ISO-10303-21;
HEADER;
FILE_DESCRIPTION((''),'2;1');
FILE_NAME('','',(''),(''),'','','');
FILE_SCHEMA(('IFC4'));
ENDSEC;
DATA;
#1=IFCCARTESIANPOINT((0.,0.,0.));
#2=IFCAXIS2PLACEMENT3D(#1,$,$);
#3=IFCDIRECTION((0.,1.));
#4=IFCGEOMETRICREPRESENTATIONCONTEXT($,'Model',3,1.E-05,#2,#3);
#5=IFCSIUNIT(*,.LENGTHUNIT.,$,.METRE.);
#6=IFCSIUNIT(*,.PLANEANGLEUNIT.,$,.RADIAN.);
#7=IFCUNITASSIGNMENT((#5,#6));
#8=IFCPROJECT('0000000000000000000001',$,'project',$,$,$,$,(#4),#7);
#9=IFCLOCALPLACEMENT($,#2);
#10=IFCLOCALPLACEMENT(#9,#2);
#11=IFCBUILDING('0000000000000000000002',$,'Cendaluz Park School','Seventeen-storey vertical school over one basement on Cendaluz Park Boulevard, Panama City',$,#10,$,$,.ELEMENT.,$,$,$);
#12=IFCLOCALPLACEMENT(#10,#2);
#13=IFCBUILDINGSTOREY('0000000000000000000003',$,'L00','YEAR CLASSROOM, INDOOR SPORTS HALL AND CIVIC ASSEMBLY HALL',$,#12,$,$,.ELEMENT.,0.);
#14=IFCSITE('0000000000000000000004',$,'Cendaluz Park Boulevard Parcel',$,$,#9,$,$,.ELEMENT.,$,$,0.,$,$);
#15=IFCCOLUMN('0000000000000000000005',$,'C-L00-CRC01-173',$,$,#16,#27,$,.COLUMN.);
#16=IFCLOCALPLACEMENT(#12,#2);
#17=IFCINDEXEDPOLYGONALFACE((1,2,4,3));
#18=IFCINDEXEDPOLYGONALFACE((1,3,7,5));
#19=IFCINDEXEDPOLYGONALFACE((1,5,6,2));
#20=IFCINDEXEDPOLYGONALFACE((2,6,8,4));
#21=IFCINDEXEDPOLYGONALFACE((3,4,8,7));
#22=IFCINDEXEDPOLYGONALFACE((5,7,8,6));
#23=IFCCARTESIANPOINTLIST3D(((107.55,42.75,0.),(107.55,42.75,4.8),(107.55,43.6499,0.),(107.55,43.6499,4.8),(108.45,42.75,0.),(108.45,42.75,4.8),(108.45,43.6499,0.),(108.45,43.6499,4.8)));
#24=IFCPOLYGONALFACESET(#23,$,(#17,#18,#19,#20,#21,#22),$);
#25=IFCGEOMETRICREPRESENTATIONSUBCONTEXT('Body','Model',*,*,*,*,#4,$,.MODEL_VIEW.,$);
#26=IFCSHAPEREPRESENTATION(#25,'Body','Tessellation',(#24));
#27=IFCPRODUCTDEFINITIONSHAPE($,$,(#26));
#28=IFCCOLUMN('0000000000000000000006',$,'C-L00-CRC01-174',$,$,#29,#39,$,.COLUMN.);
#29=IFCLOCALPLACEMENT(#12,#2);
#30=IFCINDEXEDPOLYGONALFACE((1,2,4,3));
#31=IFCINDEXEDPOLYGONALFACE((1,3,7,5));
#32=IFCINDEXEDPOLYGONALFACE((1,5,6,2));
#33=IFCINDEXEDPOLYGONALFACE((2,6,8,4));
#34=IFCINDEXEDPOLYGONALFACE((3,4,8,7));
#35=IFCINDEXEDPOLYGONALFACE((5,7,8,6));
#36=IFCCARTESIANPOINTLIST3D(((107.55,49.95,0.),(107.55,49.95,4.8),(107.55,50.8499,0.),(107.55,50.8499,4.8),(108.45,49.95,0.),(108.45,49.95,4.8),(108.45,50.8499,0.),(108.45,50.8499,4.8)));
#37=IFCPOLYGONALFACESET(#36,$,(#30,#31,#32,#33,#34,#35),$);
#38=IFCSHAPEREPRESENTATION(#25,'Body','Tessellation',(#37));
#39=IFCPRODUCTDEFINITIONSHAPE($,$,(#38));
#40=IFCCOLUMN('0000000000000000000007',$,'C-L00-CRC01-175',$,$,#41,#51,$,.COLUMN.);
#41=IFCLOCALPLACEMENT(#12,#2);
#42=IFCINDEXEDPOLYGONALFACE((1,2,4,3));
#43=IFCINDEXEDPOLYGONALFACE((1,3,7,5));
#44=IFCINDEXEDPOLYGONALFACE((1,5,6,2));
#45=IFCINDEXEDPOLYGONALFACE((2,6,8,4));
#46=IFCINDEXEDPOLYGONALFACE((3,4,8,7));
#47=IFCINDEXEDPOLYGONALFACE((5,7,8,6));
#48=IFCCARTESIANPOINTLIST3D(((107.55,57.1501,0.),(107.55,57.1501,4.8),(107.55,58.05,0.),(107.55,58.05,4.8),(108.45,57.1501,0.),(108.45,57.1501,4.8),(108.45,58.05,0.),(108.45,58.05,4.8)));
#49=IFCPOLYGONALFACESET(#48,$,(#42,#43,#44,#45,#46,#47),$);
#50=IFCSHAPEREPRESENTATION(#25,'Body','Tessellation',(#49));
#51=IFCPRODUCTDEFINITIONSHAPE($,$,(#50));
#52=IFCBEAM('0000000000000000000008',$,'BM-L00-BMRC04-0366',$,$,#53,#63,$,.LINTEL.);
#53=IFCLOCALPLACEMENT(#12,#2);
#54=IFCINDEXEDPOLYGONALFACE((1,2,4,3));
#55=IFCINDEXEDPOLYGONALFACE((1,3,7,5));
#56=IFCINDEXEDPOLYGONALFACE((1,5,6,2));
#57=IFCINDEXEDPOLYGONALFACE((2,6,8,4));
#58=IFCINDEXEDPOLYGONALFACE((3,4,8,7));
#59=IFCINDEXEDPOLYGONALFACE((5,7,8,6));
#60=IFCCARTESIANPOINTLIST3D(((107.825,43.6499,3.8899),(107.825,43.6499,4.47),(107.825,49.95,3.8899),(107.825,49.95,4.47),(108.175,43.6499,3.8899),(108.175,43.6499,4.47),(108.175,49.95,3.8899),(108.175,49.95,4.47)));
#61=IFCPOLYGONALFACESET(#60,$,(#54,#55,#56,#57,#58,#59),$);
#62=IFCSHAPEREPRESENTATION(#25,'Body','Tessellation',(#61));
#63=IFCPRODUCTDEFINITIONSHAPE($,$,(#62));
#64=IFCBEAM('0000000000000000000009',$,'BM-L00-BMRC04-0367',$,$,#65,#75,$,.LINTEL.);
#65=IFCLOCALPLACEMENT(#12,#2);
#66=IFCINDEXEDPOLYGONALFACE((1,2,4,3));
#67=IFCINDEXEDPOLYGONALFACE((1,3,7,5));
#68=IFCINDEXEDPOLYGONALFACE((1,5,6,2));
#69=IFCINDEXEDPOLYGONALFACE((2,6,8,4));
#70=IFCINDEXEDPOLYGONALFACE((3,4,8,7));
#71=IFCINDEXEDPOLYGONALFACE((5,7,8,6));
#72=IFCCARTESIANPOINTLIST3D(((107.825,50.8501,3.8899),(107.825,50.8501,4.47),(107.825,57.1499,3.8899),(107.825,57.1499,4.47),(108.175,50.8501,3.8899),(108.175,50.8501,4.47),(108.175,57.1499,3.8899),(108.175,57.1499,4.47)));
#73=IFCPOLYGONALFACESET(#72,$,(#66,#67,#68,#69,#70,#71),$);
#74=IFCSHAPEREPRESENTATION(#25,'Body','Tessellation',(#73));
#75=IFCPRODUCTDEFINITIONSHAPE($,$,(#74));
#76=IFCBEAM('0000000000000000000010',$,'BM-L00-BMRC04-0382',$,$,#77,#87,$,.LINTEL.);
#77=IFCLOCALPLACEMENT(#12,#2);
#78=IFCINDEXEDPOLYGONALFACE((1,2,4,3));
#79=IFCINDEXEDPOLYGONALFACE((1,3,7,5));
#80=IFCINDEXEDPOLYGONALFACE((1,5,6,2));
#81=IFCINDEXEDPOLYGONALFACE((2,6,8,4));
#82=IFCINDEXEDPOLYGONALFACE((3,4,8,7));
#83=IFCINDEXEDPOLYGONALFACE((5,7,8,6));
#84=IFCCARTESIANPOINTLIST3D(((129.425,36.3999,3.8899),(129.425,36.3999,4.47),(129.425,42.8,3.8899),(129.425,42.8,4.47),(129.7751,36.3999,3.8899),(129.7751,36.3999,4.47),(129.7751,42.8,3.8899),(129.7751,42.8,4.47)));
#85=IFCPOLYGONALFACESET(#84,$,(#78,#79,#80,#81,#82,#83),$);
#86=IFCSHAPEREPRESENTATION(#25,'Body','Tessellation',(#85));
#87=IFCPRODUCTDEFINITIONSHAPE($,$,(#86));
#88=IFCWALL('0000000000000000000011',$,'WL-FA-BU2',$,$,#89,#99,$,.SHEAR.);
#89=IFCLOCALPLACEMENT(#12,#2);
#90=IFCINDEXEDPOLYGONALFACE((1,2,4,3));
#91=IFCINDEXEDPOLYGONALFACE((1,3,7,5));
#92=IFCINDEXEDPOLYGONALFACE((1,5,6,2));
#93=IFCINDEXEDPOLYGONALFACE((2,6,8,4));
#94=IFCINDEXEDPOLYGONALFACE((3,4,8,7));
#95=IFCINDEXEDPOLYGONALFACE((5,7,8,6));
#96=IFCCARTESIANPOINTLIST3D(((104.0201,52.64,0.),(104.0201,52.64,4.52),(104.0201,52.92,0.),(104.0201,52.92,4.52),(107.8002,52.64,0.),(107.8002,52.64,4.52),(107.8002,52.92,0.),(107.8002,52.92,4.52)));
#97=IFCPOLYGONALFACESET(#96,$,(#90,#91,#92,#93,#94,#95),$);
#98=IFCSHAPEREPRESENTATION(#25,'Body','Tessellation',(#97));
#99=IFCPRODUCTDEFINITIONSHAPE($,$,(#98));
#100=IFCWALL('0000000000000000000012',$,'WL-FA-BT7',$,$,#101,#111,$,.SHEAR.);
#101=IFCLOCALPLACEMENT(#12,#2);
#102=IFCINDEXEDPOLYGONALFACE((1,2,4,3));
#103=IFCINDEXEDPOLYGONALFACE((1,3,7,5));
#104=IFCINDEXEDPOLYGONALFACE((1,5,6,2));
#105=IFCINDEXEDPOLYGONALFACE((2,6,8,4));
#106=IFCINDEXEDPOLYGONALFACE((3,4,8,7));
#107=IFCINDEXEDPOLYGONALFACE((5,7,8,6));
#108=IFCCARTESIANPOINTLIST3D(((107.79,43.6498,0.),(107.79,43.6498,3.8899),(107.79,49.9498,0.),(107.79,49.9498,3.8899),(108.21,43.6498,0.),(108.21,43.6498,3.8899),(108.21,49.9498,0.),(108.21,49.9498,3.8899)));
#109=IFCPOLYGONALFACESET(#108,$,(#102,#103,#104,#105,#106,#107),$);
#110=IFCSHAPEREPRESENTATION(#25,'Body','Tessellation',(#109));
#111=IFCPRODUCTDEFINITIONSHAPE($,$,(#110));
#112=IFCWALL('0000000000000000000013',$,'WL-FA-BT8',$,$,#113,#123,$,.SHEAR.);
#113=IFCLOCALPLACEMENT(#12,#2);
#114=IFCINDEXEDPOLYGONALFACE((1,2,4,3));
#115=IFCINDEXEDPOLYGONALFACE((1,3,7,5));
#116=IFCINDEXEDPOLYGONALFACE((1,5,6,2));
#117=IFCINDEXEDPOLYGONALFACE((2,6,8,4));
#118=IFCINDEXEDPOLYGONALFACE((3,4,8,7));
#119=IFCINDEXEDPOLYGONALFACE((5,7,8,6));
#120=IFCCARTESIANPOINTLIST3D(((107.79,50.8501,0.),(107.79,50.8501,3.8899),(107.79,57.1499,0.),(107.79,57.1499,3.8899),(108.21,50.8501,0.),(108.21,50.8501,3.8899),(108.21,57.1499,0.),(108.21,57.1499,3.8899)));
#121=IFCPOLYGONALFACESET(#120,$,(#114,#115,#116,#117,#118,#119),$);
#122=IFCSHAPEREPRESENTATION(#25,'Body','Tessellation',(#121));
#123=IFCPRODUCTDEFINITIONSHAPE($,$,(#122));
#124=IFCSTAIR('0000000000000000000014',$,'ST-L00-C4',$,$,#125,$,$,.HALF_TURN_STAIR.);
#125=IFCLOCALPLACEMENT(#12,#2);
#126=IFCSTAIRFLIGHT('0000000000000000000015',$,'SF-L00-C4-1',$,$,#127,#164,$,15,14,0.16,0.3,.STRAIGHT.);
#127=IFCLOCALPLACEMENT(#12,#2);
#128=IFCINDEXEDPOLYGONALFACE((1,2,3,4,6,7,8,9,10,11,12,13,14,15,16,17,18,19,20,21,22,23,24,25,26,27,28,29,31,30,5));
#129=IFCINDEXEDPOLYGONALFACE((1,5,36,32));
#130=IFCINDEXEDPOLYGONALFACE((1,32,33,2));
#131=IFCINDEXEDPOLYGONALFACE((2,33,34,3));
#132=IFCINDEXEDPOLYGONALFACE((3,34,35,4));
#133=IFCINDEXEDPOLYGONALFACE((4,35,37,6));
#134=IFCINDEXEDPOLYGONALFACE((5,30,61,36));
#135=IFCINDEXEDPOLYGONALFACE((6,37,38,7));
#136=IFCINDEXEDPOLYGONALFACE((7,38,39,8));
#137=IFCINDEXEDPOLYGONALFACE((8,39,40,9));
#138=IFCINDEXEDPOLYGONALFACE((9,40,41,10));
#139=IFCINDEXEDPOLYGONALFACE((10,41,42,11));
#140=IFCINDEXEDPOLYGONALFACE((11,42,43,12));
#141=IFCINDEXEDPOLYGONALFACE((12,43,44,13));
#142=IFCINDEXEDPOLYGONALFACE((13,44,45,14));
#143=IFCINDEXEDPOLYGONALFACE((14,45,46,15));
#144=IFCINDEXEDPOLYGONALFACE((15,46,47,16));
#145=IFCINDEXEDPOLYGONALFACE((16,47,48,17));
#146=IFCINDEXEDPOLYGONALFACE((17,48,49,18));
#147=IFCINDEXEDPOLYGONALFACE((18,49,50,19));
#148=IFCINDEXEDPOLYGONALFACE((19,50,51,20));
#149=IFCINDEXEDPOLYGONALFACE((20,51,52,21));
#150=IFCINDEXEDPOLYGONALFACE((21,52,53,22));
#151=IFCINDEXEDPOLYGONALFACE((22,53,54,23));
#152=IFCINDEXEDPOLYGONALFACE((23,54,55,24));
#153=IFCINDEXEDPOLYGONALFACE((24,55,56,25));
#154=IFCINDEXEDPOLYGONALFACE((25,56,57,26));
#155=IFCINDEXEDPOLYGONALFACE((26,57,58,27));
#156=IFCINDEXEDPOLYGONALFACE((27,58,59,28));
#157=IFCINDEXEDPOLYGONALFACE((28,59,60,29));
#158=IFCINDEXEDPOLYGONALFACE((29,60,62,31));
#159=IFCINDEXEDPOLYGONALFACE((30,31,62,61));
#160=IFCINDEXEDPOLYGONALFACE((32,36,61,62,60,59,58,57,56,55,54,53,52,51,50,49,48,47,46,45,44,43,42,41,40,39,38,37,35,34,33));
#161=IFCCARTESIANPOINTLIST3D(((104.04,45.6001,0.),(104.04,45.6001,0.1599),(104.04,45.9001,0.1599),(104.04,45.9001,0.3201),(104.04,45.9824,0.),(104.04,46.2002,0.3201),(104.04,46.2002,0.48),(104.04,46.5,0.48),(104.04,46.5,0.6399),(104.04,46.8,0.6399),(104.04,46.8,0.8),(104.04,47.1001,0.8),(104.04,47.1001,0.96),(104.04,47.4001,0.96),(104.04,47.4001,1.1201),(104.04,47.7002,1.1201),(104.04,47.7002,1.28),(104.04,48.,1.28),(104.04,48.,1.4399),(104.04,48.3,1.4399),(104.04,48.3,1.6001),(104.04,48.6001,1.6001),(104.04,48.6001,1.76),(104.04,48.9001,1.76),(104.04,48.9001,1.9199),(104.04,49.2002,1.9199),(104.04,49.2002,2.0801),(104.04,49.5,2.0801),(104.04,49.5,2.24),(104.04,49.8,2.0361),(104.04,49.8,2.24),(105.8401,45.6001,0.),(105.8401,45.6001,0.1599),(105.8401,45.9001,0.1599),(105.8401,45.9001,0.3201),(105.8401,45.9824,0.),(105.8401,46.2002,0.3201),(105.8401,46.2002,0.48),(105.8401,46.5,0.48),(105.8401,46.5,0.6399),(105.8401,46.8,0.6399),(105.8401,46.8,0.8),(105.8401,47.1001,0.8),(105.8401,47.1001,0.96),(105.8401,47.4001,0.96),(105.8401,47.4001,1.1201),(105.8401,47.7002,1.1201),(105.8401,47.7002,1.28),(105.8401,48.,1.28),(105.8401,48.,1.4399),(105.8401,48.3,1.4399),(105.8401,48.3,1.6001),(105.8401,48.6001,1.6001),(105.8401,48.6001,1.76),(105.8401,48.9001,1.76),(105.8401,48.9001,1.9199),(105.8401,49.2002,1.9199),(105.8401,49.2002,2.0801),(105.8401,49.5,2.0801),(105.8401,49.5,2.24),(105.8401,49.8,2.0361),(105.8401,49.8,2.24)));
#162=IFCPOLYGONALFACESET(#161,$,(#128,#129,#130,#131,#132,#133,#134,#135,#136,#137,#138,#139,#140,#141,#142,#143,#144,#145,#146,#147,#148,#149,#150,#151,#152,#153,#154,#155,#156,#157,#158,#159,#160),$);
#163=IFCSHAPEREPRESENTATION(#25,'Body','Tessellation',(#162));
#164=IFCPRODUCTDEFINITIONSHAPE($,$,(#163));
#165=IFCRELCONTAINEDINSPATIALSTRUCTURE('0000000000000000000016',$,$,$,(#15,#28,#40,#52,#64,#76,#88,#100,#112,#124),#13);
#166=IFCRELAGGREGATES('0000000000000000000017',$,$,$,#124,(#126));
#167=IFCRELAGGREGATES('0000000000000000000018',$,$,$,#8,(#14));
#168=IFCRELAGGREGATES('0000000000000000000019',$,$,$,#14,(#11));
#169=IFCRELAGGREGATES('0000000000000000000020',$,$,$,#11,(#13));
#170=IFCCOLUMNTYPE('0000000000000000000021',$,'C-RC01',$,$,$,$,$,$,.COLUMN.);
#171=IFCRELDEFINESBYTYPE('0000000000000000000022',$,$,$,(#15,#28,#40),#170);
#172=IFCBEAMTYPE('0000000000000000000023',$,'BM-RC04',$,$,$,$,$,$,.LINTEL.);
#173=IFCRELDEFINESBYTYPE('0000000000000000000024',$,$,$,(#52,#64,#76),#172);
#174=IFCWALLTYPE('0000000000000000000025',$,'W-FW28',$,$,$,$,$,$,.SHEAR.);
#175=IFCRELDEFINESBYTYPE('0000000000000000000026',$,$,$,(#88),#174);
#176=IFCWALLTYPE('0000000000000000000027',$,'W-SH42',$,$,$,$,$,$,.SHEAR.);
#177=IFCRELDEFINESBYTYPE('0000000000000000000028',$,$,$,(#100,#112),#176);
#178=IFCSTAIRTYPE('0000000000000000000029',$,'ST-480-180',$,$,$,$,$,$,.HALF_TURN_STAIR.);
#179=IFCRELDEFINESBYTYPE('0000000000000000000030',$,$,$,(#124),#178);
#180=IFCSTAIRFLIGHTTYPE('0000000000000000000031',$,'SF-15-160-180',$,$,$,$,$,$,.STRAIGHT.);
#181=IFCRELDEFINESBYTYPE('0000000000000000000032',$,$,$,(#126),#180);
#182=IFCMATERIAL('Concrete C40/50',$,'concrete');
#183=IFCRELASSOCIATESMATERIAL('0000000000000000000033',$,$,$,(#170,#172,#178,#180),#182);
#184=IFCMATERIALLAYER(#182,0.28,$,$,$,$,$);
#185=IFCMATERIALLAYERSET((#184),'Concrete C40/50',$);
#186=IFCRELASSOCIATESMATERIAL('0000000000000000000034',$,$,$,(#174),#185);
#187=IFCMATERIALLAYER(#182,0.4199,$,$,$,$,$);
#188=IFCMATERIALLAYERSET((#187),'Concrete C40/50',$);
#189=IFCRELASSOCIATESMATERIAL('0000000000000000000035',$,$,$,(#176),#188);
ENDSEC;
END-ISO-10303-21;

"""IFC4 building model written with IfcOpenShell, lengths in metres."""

from ifc_helpers import new_model, si_unit, direction, frame, frame_2d, origin, origin_2d, place, context, subcontext, project, spatial, polyline, rectangle, outline, extrude, material, layer, layer_set, material_profile, profile_set, type_object, element, aggregate, save


model = new_model("IFC4")

# Units and contexts
model_context = context("Model", 3, precision=1e-05, world=origin(), true_north=direction((0.0, 1.0)))
body_context = subcontext(model_context, "Body", "Model", "MODEL_VIEW")
ifc_project = project(units=[si_unit("LENGTHUNIT", "METRE"), si_unit("PLANEANGLEUNIT", "RADIAN")], contexts=[model_context])

# Site, building, storey
site_placement = place(None, origin())
site = spatial("IfcSite", under=ifc_project, at=site_placement, Name="Cendaluz Park Boulevard Parcel", CompositionType="ELEMENT", RefElevation=0.0)
building_placement = place(site_placement, origin())
building = spatial("IfcBuilding", under=site, at=building_placement, Name="Cendaluz Park School", Description="Seventeen-storey vertical school over one basement on Cendaluz Park Boulevard, Panama City", CompositionType="ELEMENT")
storey_placement = place(building_placement, origin())
storey = spatial("IfcBuildingStorey", under=building, at=storey_placement, Name="L00", Description="YEAR CLASSROOM, INDOOR SPORTS HALL AND CIVIC ASSEMBLY HALL", CompositionType="ELEMENT", Elevation=0.0)

# Columns
ifc_material_1 = material(Name="Concrete C40/50", Category="concrete")
ifc_material_profile_1 = material_profile(ifc_material_1, rectangle(XDim=0.8999, YDim=0.8999, at=origin_2d()), Name="RC 900x900", Category="concrete")
ifc_profile_set_1 = profile_set([ifc_material_profile_1], Name="Concrete C40/50")
column_type = type_object("IfcColumnType", Name="C-RC01", PredefinedType="COLUMN", material=ifc_profile_set_1)
for number, where, z_axis, x_axis, name in (
    (1, (108.0, 43.2, 0.0), (0.0, 0.0, 1.0), (1.0, 0.0, 0.0), "C-L00-CRC01-173"),
    (2, (108.0, 50.3999, 0.0), (0.0, 0.0, 1.0), (1.0, 0.0, 0.0), "C-L00-CRC01-174"),
    (3, (108.0, 57.6001, 0.0), (0.0, 0.0, 1.0), (1.0, 0.0, 0.0), "C-L00-CRC01-175"),
):
    element("IfcColumn", number, at=place(storey_placement, frame(where, z_axis=z_axis, x_axis=x_axis)), inside=storey, type_object=column_type, Name=name, PredefinedType="COLUMN", context=body_context, shape_type="SweptSolid", body=[
        extrude(rectangle(XDim=0.8999, YDim=0.8999, at=origin_2d()), origin(), (0.0, 0.0, 1.0), 4.8),
    ])

# Beams
ifc_material_profile_2 = material_profile(ifc_material_1, rectangle(XDim=0.3501, YDim=0.5801, at=origin_2d()), Name="RC 350x580", Category="concrete")
ifc_profile_set_2 = profile_set([ifc_material_profile_2], Name="Concrete C40/50")
beam_type = type_object("IfcBeamType", Name="BM-RC04", PredefinedType="LINTEL", material=ifc_profile_set_2)
beam_1_placement = place(storey_placement, frame((108.0, 43.6499, 4.1799), z_axis=(0.0, 1.0, 0.0), x_axis=(-1.0, 0.0, 0.0)))
element("IfcBeam", 4, at=beam_1_placement, inside=storey, type_object=beam_type, Name="BM-L00-BMRC04-0366", PredefinedType="LINTEL", context=body_context, shape_type="SweptSolid", body=[
    extrude(rectangle(XDim=0.3501, YDim=0.5801, at=origin_2d()), origin(), (0.0, 0.0, 1.0), 6.3),
])
beam_2_placement = place(storey_placement, frame((108.0, 50.8501, 4.1799), z_axis=(0.0, 1.0, 0.0), x_axis=(-1.0, 0.0, 0.0)))
element("IfcBeam", 5, at=beam_2_placement, inside=storey, type_object=beam_type, Name="BM-L00-BMRC04-0367", PredefinedType="LINTEL", context=body_context, shape_type="SweptSolid", body=[
    extrude(rectangle(XDim=0.3501, YDim=0.5801, at=origin_2d()), origin(), (0.0, 0.0, 1.0), 6.2998),
])
beam_3_placement = place(storey_placement, frame((129.6001, 36.3999, 4.1799), z_axis=(0.0, 1.0, 0.0), x_axis=(-1.0, 0.0, 0.0)))
element("IfcBeam", 6, at=beam_3_placement, inside=storey, type_object=beam_type, Name="BM-L00-BMRC04-0382", PredefinedType="LINTEL", context=body_context, shape_type="SweptSolid", body=[
    extrude(rectangle(XDim=0.3501, YDim=0.5801, at=origin_2d()), origin(), (0.0, 0.0, 1.0), 6.4001),
])

# Shared definitions
ifc_layer_1 = layer(ifc_material_1, 0.28)
ifc_layer_set_1 = layer_set([ifc_layer_1], Name="Concrete C40/50")
wall_type_1 = type_object("IfcWallType", Name="W-FW28", PredefinedType="SHEAR", material=ifc_layer_set_1)

# Walls
wall_1_placement = place(storey_placement, frame((104.02, 52.78, 0.0), z_axis=(0.0, 0.0, 1.0), x_axis=(1.0, 0.0, 0.0)))
element("IfcWall", 7, at=wall_1_placement, inside=storey, type_object=wall_type_1, Name="WL-FA-BU2", PredefinedType="SHEAR", context=body_context, shape_type="SweptSolid", body=[
    extrude(rectangle(XDim=3.78, YDim=0.28, at=frame_2d((1.8901, 0.0))), origin(), (0.0, 0.0, 1.0), 4.52),
])
ifc_layer_2 = layer(ifc_material_1, 0.4199)
ifc_layer_set_2 = layer_set([ifc_layer_2], Name="Concrete C40/50")
wall_type_2 = type_object("IfcWallType", Name="W-SH42", PredefinedType="SHEAR", material=ifc_layer_set_2)
wall_2_placement = place(storey_placement, frame((108.0, 43.6499, 0.0), z_axis=(0.0, 0.0, 1.0), x_axis=(0.0, 1.0, 0.0)))
element("IfcWall", 8, at=wall_2_placement, inside=storey, type_object=wall_type_2, Name="WL-FA-BT7", PredefinedType="SHEAR", context=body_context, shape_type="SweptSolid", body=[
    extrude(rectangle(XDim=6.3, YDim=0.4199, at=frame_2d((3.1499, 0.0))), origin(), (0.0, 0.0, 1.0), 3.8899),
])
wall_3_placement = place(storey_placement, frame((108.0, 50.8501, 0.0), z_axis=(0.0, 0.0, 1.0), x_axis=(0.0, 1.0, 0.0)))
element("IfcWall", 9, at=wall_3_placement, inside=storey, type_object=wall_type_2, Name="WL-FA-BT8", PredefinedType="SHEAR", context=body_context, shape_type="SweptSolid", body=[
    extrude(rectangle(XDim=6.2998, YDim=0.4199, at=frame_2d((3.1499, 0.0))), origin(), (0.0, 0.0, 1.0), 3.8899),
])

# Stair, stair flight
stair_type = type_object("IfcStairType", Name="ST-480-180", PredefinedType="HALF_TURN_STAIR", material=ifc_material_1)
stair_placement = place(storey_placement, origin())
stair = element("IfcStair", 10, at=stair_placement, inside=storey, type_object=stair_type, Name="ST-L00-C4", PredefinedType="HALF_TURN_STAIR")
stair_flight_type = type_object("IfcStairFlightType", Name="SF-15-160-180", PredefinedType="STRAIGHT", material=ifc_material_1)
stair_flight_1_placement = place(storey_placement, frame((104.9399, 45.6001, 0.0), z_axis=(0.0, 0.0, 1.0), x_axis=(0.0, 1.0, 0.0)))
stair_flight_1 = element("IfcStairFlight", 11, at=stair_flight_1_placement, type_object=stair_flight_type, Name="SF-L00-C4-1", NumberOfRisers=15, NumberOfTreads=14, PredefinedType="STRAIGHT", RiserHeight=0.16, TreadLength=0.3, context=body_context, shape_type="SweptSolid", body=[
    extrude(outline(polyline([(0.0, 0.0), (0.0, 0.1599), (0.3, 0.1599), (0.3, 0.3201), (0.6001, 0.3201), (0.6001, 0.48), (0.8999, 0.48), (0.8999, 0.6399), (1.2, 0.6399), (1.2, 0.8), (1.5, 0.8), (1.5, 0.96), (1.8, 0.96), (1.8, 1.1201), (2.1001, 1.1201), (2.1001, 1.28), (2.3999, 1.28), (2.3999, 1.4399), (2.7, 1.4399), (2.7, 1.6001), (3.0, 1.6001), (3.0, 1.76), (3.3, 1.76), (3.3, 1.9199), (3.6001, 1.9199), (3.6001, 2.0801), (3.8999, 2.0801), (3.8999, 2.24), (4.2, 2.24), (4.2, 2.3999), (4.2, 2.0361), (0.3823, 0.0), (0.0, 0.0)])), frame((0.0, 0.8999, 0.0), z_axis=(0.0, -1.0, 0.0), x_axis=(1.0, 0.0, 0.0)), (0.0, 0.0, 1.0), 1.8),
])
aggregate(stair, [stair_flight_1])

save(model, "model.ifc")
